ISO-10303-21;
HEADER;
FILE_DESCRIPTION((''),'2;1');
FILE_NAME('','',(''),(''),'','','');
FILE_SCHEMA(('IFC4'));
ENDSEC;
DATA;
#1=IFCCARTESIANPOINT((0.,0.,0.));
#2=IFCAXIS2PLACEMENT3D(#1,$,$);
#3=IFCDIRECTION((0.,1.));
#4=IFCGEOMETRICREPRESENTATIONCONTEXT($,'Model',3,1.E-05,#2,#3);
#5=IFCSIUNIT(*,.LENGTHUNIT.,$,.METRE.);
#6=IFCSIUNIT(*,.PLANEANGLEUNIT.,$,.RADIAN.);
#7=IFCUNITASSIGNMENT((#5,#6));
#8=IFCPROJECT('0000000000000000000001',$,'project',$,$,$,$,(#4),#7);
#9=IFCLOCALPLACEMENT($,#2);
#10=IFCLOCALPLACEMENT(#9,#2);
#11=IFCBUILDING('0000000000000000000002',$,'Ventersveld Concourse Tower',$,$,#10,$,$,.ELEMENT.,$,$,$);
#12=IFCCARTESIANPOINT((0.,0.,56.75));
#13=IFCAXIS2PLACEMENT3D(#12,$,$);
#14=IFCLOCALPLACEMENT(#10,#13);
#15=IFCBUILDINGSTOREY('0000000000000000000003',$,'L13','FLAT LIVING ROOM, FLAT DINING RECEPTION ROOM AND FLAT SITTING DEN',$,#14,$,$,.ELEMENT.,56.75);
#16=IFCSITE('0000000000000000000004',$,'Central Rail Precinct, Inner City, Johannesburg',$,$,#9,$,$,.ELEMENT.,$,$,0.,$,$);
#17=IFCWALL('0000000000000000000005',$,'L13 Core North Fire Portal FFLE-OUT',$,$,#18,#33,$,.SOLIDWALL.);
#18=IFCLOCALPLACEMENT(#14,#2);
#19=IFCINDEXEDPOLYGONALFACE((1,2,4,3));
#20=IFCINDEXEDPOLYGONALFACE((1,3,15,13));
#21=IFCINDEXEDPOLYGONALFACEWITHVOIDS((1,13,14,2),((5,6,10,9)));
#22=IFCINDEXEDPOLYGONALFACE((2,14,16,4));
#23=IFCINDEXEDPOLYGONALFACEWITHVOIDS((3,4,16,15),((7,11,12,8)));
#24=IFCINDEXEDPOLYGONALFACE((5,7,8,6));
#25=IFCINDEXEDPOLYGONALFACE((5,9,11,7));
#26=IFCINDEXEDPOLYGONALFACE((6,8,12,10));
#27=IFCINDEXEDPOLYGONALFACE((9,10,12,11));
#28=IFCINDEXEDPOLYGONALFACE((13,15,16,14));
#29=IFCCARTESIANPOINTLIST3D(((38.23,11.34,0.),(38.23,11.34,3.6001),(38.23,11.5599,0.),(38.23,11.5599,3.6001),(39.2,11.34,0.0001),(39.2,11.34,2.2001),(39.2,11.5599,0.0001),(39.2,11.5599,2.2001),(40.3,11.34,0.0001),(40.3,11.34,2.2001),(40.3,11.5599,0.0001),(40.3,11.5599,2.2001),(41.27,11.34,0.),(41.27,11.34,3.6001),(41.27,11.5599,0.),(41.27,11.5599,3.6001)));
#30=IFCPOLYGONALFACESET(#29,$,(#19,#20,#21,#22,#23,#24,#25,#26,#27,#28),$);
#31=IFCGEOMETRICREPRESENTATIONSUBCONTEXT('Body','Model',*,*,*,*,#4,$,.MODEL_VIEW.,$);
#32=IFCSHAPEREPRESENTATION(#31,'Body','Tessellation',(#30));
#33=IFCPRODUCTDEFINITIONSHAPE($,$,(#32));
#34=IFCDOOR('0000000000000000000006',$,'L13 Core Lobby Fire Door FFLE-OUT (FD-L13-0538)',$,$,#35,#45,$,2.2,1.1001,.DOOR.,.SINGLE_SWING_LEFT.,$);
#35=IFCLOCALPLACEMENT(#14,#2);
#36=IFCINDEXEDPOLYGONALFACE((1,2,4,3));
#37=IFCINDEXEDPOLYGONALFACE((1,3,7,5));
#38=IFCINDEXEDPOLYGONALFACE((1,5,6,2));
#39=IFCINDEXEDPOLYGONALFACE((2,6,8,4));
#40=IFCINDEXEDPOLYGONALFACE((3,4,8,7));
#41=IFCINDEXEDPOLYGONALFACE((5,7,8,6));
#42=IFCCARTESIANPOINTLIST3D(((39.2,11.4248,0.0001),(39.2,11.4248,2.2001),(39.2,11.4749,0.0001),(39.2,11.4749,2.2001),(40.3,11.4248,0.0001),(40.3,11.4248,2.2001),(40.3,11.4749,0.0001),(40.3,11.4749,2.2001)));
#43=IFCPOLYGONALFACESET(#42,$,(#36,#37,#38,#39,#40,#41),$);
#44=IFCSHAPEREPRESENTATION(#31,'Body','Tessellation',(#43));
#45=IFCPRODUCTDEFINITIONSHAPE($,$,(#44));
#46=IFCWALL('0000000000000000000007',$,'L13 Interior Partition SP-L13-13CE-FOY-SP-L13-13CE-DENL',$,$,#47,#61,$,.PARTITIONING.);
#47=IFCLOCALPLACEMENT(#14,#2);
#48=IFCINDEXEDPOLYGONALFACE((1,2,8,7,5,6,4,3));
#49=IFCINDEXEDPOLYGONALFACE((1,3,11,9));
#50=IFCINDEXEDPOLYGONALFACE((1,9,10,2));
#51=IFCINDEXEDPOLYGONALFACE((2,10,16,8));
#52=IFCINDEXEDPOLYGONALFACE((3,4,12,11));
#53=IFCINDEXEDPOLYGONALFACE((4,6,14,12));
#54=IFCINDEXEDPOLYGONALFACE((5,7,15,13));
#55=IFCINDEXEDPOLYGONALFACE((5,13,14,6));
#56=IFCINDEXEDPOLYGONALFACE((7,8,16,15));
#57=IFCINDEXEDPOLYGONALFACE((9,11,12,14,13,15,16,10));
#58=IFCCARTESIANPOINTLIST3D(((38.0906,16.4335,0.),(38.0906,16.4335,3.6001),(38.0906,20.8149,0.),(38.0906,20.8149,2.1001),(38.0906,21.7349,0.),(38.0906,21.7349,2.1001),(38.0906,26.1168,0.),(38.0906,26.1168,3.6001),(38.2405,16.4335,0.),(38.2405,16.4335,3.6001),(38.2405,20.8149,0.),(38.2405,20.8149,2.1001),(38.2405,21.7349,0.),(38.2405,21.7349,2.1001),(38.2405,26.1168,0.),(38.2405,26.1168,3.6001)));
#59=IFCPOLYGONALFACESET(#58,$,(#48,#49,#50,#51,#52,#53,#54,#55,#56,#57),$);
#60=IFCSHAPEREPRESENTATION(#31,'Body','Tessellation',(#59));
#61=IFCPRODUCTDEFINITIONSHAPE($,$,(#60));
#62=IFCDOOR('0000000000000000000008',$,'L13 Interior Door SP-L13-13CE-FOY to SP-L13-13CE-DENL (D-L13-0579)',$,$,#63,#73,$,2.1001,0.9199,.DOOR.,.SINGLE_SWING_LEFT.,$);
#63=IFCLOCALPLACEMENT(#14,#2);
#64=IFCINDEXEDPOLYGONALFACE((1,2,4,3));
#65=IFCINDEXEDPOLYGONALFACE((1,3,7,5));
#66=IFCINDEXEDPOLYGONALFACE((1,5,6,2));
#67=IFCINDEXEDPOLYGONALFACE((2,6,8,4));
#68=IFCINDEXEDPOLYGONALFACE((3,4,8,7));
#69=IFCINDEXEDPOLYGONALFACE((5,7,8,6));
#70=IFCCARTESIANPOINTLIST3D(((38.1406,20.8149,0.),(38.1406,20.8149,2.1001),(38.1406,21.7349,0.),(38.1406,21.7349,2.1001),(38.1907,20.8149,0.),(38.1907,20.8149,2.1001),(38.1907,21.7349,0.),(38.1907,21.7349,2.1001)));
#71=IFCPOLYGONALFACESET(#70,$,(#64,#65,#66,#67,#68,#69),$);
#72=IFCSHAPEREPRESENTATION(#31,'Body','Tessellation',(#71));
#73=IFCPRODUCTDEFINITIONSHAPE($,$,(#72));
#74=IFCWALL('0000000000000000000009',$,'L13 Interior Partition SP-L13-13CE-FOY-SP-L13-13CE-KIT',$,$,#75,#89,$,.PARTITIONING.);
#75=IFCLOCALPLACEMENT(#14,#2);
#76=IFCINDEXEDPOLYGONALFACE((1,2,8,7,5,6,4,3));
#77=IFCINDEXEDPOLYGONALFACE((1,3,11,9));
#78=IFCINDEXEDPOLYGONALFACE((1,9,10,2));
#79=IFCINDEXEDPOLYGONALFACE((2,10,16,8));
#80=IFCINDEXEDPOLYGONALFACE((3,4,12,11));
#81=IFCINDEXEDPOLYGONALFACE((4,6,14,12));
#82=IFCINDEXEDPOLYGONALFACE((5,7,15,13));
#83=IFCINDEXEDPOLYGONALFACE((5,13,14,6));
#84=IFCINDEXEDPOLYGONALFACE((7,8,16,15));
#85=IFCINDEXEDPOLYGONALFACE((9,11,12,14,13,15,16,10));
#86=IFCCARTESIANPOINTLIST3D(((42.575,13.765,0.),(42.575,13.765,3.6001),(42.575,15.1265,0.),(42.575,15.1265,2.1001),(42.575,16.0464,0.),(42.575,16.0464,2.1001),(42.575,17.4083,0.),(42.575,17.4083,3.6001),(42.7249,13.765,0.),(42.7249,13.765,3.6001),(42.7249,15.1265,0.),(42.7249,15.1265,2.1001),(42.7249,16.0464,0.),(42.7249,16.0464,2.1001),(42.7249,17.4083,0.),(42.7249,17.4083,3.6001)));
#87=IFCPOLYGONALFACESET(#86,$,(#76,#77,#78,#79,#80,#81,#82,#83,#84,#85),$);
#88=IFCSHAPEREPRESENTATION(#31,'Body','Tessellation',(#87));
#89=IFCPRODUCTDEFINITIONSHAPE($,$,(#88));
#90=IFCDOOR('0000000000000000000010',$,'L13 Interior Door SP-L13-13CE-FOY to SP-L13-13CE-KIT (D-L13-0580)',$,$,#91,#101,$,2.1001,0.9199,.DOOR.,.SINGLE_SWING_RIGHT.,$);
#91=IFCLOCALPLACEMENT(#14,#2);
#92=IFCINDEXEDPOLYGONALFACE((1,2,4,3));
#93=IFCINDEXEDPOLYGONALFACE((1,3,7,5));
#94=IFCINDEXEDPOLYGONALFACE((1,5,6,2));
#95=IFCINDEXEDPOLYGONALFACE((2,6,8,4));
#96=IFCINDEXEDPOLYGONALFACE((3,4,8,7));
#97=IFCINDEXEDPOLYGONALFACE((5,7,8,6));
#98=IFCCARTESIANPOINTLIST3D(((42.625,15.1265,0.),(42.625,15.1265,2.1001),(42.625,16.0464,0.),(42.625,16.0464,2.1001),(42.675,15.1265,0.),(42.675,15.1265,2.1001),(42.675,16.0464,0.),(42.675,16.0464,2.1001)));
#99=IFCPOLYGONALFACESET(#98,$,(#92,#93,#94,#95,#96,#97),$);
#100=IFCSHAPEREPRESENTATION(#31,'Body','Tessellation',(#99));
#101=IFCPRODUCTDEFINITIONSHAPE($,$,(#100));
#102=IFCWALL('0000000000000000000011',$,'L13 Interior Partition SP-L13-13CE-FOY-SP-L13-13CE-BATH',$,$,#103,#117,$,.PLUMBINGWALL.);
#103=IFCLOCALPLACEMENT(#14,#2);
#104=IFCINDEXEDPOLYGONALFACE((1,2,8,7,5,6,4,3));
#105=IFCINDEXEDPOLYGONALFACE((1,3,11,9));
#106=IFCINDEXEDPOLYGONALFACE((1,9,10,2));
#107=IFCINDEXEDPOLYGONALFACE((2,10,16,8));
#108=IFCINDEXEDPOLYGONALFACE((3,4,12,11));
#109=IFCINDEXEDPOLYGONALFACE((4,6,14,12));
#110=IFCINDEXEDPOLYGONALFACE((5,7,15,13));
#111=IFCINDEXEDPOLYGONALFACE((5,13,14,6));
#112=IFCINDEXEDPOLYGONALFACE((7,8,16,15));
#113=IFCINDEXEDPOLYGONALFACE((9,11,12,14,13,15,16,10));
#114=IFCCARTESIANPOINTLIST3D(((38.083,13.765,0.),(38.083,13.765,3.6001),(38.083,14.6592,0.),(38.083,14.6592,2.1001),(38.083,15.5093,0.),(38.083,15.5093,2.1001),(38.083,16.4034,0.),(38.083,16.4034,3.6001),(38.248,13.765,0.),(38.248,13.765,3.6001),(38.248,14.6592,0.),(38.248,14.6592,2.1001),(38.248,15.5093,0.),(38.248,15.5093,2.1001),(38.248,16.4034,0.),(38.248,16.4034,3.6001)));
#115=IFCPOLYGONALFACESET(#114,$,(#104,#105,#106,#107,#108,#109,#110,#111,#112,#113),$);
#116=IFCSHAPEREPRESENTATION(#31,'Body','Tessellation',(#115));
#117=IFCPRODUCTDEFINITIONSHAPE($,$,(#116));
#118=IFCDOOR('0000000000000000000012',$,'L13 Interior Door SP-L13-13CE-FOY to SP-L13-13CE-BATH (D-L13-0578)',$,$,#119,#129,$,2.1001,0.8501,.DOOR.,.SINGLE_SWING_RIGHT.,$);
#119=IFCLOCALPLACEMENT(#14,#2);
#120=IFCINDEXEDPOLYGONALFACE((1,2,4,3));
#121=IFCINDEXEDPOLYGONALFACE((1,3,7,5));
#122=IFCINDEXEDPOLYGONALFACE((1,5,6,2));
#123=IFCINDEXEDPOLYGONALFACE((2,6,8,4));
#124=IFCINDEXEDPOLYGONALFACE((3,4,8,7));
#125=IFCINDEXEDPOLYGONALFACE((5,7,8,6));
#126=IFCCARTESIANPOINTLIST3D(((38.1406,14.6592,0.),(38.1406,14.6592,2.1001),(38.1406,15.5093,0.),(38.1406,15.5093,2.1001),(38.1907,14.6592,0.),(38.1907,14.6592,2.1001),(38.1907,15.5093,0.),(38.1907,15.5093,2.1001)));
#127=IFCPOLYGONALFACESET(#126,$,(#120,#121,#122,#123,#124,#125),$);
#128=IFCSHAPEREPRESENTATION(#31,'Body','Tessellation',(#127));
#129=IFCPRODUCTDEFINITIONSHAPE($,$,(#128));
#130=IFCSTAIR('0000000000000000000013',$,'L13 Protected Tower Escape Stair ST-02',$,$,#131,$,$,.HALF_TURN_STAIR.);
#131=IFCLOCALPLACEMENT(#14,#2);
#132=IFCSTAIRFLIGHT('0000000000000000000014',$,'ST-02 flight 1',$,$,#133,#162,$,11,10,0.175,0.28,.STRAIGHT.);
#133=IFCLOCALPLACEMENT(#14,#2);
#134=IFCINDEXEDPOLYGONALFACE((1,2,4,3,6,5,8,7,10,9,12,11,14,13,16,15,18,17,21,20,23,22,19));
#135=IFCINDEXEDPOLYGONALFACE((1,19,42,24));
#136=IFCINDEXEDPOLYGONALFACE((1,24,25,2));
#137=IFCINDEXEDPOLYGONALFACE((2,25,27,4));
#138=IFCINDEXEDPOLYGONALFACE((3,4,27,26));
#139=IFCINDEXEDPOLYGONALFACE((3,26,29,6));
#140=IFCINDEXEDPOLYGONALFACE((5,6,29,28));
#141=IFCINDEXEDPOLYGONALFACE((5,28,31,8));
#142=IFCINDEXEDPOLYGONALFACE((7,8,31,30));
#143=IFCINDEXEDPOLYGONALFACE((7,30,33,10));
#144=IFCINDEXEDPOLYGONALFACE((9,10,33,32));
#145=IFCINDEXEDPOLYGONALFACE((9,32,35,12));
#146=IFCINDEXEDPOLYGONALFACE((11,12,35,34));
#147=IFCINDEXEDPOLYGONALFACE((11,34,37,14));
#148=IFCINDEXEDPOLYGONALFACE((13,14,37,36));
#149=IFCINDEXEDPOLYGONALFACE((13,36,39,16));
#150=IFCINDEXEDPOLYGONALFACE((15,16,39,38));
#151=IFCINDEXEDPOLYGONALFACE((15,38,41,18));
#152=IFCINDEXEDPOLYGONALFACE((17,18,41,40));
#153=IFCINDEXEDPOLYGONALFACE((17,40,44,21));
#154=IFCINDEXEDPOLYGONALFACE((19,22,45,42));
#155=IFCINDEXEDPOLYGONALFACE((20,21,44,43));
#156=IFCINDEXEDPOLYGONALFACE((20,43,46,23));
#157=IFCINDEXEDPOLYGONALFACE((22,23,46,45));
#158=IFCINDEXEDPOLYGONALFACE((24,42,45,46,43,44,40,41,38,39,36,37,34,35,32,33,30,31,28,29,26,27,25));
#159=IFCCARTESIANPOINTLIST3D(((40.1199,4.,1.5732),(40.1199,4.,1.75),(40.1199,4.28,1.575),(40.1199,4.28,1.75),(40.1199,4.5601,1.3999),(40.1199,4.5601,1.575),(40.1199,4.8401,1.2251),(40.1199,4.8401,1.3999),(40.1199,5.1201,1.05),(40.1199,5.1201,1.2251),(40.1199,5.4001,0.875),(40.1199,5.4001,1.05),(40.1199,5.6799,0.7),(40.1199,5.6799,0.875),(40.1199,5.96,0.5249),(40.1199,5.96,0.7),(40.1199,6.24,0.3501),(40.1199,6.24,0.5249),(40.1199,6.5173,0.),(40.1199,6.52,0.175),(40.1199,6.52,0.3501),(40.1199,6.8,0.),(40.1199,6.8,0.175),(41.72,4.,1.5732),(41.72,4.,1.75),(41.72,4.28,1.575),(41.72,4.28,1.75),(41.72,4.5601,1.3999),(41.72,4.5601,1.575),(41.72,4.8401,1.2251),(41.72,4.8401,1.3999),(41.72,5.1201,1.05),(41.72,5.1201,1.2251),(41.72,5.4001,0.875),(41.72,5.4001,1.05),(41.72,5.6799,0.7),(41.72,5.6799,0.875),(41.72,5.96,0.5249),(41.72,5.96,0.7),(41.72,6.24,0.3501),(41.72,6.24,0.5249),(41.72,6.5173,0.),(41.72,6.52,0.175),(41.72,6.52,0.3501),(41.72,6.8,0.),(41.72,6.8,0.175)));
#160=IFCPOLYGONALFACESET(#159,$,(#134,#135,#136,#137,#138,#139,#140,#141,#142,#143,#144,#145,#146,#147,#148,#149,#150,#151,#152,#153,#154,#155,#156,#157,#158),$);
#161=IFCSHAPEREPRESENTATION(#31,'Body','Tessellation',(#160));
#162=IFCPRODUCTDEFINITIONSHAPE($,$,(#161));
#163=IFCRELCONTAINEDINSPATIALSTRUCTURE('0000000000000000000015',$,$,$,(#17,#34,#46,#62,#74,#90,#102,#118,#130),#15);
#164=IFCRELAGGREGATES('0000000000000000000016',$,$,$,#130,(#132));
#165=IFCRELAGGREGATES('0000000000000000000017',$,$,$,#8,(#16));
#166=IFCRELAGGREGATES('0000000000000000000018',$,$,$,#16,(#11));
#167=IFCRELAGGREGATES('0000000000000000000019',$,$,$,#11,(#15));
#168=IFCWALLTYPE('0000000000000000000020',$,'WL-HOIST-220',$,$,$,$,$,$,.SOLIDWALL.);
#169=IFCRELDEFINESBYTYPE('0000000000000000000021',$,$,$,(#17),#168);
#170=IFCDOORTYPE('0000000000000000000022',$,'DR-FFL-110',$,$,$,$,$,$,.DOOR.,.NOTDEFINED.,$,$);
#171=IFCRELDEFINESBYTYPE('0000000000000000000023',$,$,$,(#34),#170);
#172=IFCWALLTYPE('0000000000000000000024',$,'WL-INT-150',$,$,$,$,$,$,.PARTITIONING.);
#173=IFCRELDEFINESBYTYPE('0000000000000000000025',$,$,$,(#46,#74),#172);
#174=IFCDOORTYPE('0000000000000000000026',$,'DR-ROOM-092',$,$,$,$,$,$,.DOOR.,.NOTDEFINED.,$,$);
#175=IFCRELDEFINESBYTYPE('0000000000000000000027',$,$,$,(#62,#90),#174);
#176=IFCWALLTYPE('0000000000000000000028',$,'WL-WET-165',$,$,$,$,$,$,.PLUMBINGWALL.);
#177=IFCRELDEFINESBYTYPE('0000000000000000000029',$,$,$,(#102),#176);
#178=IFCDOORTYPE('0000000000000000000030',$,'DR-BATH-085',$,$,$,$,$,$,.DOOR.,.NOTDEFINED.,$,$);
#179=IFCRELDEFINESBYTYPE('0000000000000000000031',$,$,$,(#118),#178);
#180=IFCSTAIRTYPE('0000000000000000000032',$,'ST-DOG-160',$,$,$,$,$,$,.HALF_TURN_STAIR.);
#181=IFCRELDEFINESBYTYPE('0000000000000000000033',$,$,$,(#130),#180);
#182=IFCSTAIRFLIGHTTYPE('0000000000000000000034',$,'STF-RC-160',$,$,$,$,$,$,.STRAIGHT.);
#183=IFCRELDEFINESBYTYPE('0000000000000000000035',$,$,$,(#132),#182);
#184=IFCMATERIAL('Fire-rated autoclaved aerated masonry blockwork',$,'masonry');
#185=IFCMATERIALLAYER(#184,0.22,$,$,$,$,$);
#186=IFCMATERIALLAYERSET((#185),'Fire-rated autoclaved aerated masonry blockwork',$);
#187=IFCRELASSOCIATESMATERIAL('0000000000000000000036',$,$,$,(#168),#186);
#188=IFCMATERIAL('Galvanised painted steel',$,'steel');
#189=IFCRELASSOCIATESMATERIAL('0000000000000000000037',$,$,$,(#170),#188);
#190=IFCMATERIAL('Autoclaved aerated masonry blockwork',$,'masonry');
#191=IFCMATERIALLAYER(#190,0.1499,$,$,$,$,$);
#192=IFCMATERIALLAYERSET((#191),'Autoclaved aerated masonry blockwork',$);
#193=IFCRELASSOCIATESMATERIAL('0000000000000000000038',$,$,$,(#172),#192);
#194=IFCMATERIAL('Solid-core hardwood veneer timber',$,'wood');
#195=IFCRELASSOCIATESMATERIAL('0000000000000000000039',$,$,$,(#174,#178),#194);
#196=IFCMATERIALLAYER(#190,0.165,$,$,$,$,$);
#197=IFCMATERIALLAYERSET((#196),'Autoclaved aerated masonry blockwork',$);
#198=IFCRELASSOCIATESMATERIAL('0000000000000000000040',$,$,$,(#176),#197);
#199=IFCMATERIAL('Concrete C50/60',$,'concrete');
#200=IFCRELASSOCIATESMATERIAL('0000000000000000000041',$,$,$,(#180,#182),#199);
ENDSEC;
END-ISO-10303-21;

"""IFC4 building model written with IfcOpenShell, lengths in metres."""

from ifc_helpers import new_model, si_unit, direction, frame, frame_2d, origin, place, context, subcontext, project, spatial, polyline, rectangle, outline, extrude, material, layer, layer_set, type_object, element, fill, aggregate, save


model = new_model("IFC4")

# Units and contexts
model_context = context("Model", 3, precision=1e-05, world=origin(), true_north=direction((0.0, 1.0)))
body_context = subcontext(model_context, "Body", "Model", "MODEL_VIEW")
ifc_project = project(units=[si_unit("LENGTHUNIT", "METRE"), si_unit("PLANEANGLEUNIT", "RADIAN")], contexts=[model_context])

# Site, building, storey
site_placement = place(None, origin())
site = spatial("IfcSite", under=ifc_project, at=site_placement, Name="Central Rail Precinct, Inner City, Johannesburg", CompositionType="ELEMENT", RefElevation=0.0)
building_placement = place(site_placement, origin())
building = spatial("IfcBuilding", under=site, at=building_placement, Name="Ventersveld Concourse Tower", CompositionType="ELEMENT")
storey_placement = place(building_placement, frame((0.0, 0.0, 56.75)))
storey = spatial("IfcBuildingStorey", under=building, at=storey_placement, Name="L13", Description="FLAT LIVING ROOM, FLAT DINING RECEPTION ROOM AND FLAT SITTING DEN", CompositionType="ELEMENT", Elevation=56.75)

# Shared definitions
ifc_material_1 = material(Name="Fire-rated autoclaved aerated masonry blockwork", Category="masonry")
ifc_material_2 = material(Name="Solid-core hardwood veneer timber", Category="wood")

# Walls, openings, doors
ifc_layer_1 = layer(ifc_material_1, 0.22)
ifc_layer_set_1 = layer_set([ifc_layer_1], Name="Fire-rated autoclaved aerated masonry blockwork")
wall_type_1 = type_object("IfcWallType", Name="WL-HOIST-220", PredefinedType="SOLIDWALL", material=ifc_layer_set_1)
ifc_material_3 = material(Name="Galvanised painted steel", Category="steel")
wall_1_placement = place(storey_placement, frame((38.23, 11.45, 0.0), z_axis=(0.0, 0.0, 1.0), x_axis=(1.0, 0.0, 0.0)))
wall_1 = element("IfcWall", 1, at=wall_1_placement, inside=storey, type_object=wall_type_1, Name="L13 Core North Fire Portal FFLE-OUT", PredefinedType="SOLIDWALL", context=body_context, shape_type="SweptSolid", body=[
    extrude(rectangle(XDim=3.04, YDim=0.22, at=frame_2d((1.52, 0.0))), origin(), (0.0, 0.0, 1.0), 3.6001),
])
opening_1_placement = place(wall_1_placement, frame((0.97, 0.0, 0.0)))
opening_1 = element("IfcOpeningElement", 2, at=opening_1_placement, cuts=wall_1, PredefinedType="OPENING", context=body_context, shape_type="SweptSolid", body=[
    extrude(rectangle(XDim=1.1001, YDim=2.2, at=frame_2d((0.55, 1.1001))), frame((0.0, 0.1201, 0.0), z_axis=(0.0, -1.0, 0.0), x_axis=(1.0, 0.0, 0.0)), (0.0, 0.0, 1.0), 0.24),
])
door_type_1 = type_object("IfcDoorType", Name="DR-FFL-110", OperationType="NOTDEFINED", PredefinedType="DOOR", material=ifc_material_3)
door_1_placement = place(opening_1_placement, origin())
door_1 = element("IfcDoor", 3, at=door_1_placement, inside=storey, type_object=door_type_1, Name="L13 Core Lobby Fire Door FFLE-OUT (FD-L13-0538)", OperationType="SINGLE_SWING_LEFT", OverallHeight=2.2, OverallWidth=1.1001, PredefinedType="DOOR", context=body_context, shape_type="SweptSolid", body=[
    extrude(rectangle(XDim=1.1001, YDim=2.2, at=frame_2d((0.55, 1.1001))), frame((0.0, 0.0249, 0.0), z_axis=(0.0, -1.0, 0.0), x_axis=(1.0, 0.0, 0.0)), (0.0, 0.0, 1.0), 0.05),
])
fill(opening_1, door_1)
ifc_material_4 = material(Name="Autoclaved aerated masonry blockwork", Category="masonry")
ifc_layer_2 = layer(ifc_material_4, 0.1499)
ifc_layer_set_2 = layer_set([ifc_layer_2], Name="Autoclaved aerated masonry blockwork")
wall_type_2 = type_object("IfcWallType", Name="WL-INT-150", PredefinedType="PARTITIONING", material=ifc_layer_set_2)
wall_2_placement = place(storey_placement, frame((38.1655, 16.4333, 0.0), z_axis=(0.0, 0.0, 1.0), x_axis=(0.0, 1.0, 0.0)))
wall_2 = element("IfcWall", 4, at=wall_2_placement, inside=storey, type_object=wall_type_2, Name="L13 Interior Partition SP-L13-13CE-FOY-SP-L13-13CE-DENL", PredefinedType="PARTITIONING", context=body_context, shape_type="SweptSolid", body=[
    extrude(rectangle(XDim=9.6833, YDim=0.1499, at=frame_2d((4.8418, 0.0))), origin(), (0.0, 0.0, 1.0), 3.6001),
])
opening_2_placement = place(wall_2_placement, frame((4.3816, 0.0, 0.0)))
opening_2 = element("IfcOpeningElement", 5, at=opening_2_placement, cuts=wall_2, PredefinedType="OPENING", context=body_context, shape_type="SweptSolid", body=[
    extrude(rectangle(XDim=0.9199, YDim=2.1001, at=frame_2d((0.46, 1.05))), frame((0.0, 0.085, 0.0), z_axis=(0.0, -1.0, 0.0), x_axis=(1.0, 0.0, 0.0)), (0.0, 0.0, 1.0), 0.1699),
])
door_type_2 = type_object("IfcDoorType", Name="DR-ROOM-092", OperationType="NOTDEFINED", PredefinedType="DOOR", material=ifc_material_2)
door_2_placement = place(opening_2_placement, origin())
door_2 = element("IfcDoor", 6, at=door_2_placement, inside=storey, type_object=door_type_2, Name="L13 Interior Door SP-L13-13CE-FOY to SP-L13-13CE-DENL (D-L13-0579)", OperationType="SINGLE_SWING_LEFT", OverallHeight=2.1001, OverallWidth=0.9199, PredefinedType="DOOR", context=body_context, shape_type="SweptSolid", body=[
    extrude(rectangle(XDim=0.9199, YDim=2.1001, at=frame_2d((0.46, 1.05))), frame((0.0, 0.0249, 0.0), z_axis=(0.0, -1.0, 0.0), x_axis=(1.0, 0.0, 0.0)), (0.0, 0.0, 1.0), 0.05),
])
fill(opening_2, door_2)
wall_3_placement = place(storey_placement, frame((42.6499, 13.7649, 0.0), z_axis=(0.0, 0.0, 1.0), x_axis=(0.0, 1.0, 0.0)))
wall_3 = element("IfcWall", 7, at=wall_3_placement, inside=storey, type_object=wall_type_2, Name="L13 Interior Partition SP-L13-13CE-FOY-SP-L13-13CE-KIT", PredefinedType="PARTITIONING", context=body_context, shape_type="SweptSolid", body=[
    extrude(rectangle(XDim=3.6433, YDim=0.1499, at=frame_2d((1.8218, 0.0))), origin(), (0.0, 0.0, 1.0), 3.6001),
])
opening_3_placement = place(wall_3_placement, frame((1.3616, 0.0, 0.0)))
opening_3 = element("IfcOpeningElement", 8, at=opening_3_placement, cuts=wall_3, PredefinedType="OPENING", context=body_context, shape_type="SweptSolid", body=[
    extrude(rectangle(XDim=0.9199, YDim=2.1001, at=frame_2d((0.46, 1.05))), frame((0.0, 0.085, 0.0), z_axis=(0.0, -1.0, 0.0), x_axis=(1.0, 0.0, 0.0)), (0.0, 0.0, 1.0), 0.1699),
])
door_3_placement = place(opening_3_placement, origin())
door_3 = element("IfcDoor", 9, at=door_3_placement, inside=storey, type_object=door_type_2, Name="L13 Interior Door SP-L13-13CE-FOY to SP-L13-13CE-KIT (D-L13-0580)", OperationType="SINGLE_SWING_RIGHT", OverallHeight=2.1001, OverallWidth=0.9199, PredefinedType="DOOR", context=body_context, shape_type="SweptSolid", body=[
    extrude(rectangle(XDim=0.9199, YDim=2.1001, at=frame_2d((0.46, 1.05))), frame((0.0, 0.0249, 0.0), z_axis=(0.0, -1.0, 0.0), x_axis=(1.0, 0.0, 0.0)), (0.0, 0.0, 1.0), 0.05),
])
fill(opening_3, door_3)
ifc_layer_3 = layer(ifc_material_4, 0.165)
ifc_layer_set_3 = layer_set([ifc_layer_3], Name="Autoclaved aerated masonry blockwork")
wall_type_3 = type_object("IfcWallType", Name="WL-WET-165", PredefinedType="PLUMBINGWALL", material=ifc_layer_set_3)
wall_4_placement = place(storey_placement, frame((38.1655, 13.7649, 0.0), z_axis=(0.0, 0.0, 1.0), x_axis=(0.0, 1.0, 0.0)))
wall_4 = element("IfcWall", 10, at=wall_4_placement, inside=storey, type_object=wall_type_3, Name="L13 Interior Partition SP-L13-13CE-FOY-SP-L13-13CE-BATH", PredefinedType="PLUMBINGWALL", context=body_context, shape_type="SweptSolid", body=[
    extrude(rectangle(XDim=2.6384, YDim=0.165, at=frame_2d((1.3193, 0.0))), origin(), (0.0, 0.0, 1.0), 3.6001),
])
opening_4_placement = place(wall_4_placement, frame((0.8943, 0.0, 0.0)))
opening_4 = element("IfcOpeningElement", 11, at=opening_4_placement, cuts=wall_4, PredefinedType="OPENING", context=body_context, shape_type="SweptSolid", body=[
    extrude(rectangle(XDim=0.8501, YDim=2.1001, at=frame_2d((0.425, 1.05))), frame((0.0, 0.0925, 0.0), z_axis=(0.0, -1.0, 0.0), x_axis=(1.0, 0.0, 0.0)), (0.0, 0.0, 1.0), 0.1851),
])
door_type_3 = type_object("IfcDoorType", Name="DR-BATH-085", OperationType="NOTDEFINED", PredefinedType="DOOR", material=ifc_material_2)
door_4_placement = place(opening_4_placement, origin())
door_4 = element("IfcDoor", 12, at=door_4_placement, inside=storey, type_object=door_type_3, Name="L13 Interior Door SP-L13-13CE-FOY to SP-L13-13CE-BATH (D-L13-0578)", OperationType="SINGLE_SWING_RIGHT", OverallHeight=2.1001, OverallWidth=0.8501, PredefinedType="DOOR", context=body_context, shape_type="SweptSolid", body=[
    extrude(rectangle(XDim=0.8501, YDim=2.1001, at=frame_2d((0.425, 1.05))), frame((0.0, 0.0249, 0.0), z_axis=(0.0, -1.0, 0.0), x_axis=(1.0, 0.0, 0.0)), (0.0, 0.0, 1.0), 0.05),
])
fill(opening_4, door_4)

# Stair, stair flight
ifc_material_5 = material(Name="Concrete C50/60", Category="concrete")
stair_type = type_object("IfcStairType", Name="ST-DOG-160", PredefinedType="HALF_TURN_STAIR", material=ifc_material_5)
stair_placement = place(storey_placement, origin())
stair = element("IfcStair", 13, at=stair_placement, inside=storey, type_object=stair_type, Name="L13 Protected Tower Escape Stair ST-02", PredefinedType="HALF_TURN_STAIR")
stair_flight_type = type_object("IfcStairFlightType", Name="STF-RC-160", PredefinedType="STRAIGHT", material=ifc_material_5)
stair_flight_1_placement = place(storey_placement, frame((40.9199, 6.8, 0.0), z_axis=(0.0, 0.0, 1.0), x_axis=(0.0, -1.0, 0.0)))
stair_flight_1 = element("IfcStairFlight", 14, at=stair_flight_1_placement, type_object=stair_flight_type, Name="ST-02 flight 1", NumberOfRisers=11, NumberOfTreads=10, PredefinedType="STRAIGHT", RiserHeight=0.175, TreadLength=0.28, context=body_context, shape_type="SweptSolid", body=[
    extrude(outline(polyline([(0.0, 0.0), (0.0, 0.175), (0.28, 0.175), (0.28, 0.3501), (0.5601, 0.3501), (0.5601, 0.5249), (0.8401, 0.5249), (0.8401, 0.7), (1.1201, 0.7), (1.1201, 0.875), (1.3999, 0.875), (1.3999, 1.05), (1.6799, 1.05), (1.6799, 1.2251), (1.96, 1.2251), (1.96, 1.3999), (2.24, 1.3999), (2.24, 1.575), (2.52, 1.575), (2.52, 1.75), (2.8, 1.75), (2.8, 1.925), (2.8, 1.5732), (0.2827, 0.0), (0.0, 0.0)])), frame((0.0, 0.8, 0.0), z_axis=(0.0, -1.0, 0.0), x_axis=(1.0, 0.0, 0.0)), (0.0, 0.0, 1.0), 1.6001),
])
aggregate(stair, [stair_flight_1])

save(model, "model.ifc")
